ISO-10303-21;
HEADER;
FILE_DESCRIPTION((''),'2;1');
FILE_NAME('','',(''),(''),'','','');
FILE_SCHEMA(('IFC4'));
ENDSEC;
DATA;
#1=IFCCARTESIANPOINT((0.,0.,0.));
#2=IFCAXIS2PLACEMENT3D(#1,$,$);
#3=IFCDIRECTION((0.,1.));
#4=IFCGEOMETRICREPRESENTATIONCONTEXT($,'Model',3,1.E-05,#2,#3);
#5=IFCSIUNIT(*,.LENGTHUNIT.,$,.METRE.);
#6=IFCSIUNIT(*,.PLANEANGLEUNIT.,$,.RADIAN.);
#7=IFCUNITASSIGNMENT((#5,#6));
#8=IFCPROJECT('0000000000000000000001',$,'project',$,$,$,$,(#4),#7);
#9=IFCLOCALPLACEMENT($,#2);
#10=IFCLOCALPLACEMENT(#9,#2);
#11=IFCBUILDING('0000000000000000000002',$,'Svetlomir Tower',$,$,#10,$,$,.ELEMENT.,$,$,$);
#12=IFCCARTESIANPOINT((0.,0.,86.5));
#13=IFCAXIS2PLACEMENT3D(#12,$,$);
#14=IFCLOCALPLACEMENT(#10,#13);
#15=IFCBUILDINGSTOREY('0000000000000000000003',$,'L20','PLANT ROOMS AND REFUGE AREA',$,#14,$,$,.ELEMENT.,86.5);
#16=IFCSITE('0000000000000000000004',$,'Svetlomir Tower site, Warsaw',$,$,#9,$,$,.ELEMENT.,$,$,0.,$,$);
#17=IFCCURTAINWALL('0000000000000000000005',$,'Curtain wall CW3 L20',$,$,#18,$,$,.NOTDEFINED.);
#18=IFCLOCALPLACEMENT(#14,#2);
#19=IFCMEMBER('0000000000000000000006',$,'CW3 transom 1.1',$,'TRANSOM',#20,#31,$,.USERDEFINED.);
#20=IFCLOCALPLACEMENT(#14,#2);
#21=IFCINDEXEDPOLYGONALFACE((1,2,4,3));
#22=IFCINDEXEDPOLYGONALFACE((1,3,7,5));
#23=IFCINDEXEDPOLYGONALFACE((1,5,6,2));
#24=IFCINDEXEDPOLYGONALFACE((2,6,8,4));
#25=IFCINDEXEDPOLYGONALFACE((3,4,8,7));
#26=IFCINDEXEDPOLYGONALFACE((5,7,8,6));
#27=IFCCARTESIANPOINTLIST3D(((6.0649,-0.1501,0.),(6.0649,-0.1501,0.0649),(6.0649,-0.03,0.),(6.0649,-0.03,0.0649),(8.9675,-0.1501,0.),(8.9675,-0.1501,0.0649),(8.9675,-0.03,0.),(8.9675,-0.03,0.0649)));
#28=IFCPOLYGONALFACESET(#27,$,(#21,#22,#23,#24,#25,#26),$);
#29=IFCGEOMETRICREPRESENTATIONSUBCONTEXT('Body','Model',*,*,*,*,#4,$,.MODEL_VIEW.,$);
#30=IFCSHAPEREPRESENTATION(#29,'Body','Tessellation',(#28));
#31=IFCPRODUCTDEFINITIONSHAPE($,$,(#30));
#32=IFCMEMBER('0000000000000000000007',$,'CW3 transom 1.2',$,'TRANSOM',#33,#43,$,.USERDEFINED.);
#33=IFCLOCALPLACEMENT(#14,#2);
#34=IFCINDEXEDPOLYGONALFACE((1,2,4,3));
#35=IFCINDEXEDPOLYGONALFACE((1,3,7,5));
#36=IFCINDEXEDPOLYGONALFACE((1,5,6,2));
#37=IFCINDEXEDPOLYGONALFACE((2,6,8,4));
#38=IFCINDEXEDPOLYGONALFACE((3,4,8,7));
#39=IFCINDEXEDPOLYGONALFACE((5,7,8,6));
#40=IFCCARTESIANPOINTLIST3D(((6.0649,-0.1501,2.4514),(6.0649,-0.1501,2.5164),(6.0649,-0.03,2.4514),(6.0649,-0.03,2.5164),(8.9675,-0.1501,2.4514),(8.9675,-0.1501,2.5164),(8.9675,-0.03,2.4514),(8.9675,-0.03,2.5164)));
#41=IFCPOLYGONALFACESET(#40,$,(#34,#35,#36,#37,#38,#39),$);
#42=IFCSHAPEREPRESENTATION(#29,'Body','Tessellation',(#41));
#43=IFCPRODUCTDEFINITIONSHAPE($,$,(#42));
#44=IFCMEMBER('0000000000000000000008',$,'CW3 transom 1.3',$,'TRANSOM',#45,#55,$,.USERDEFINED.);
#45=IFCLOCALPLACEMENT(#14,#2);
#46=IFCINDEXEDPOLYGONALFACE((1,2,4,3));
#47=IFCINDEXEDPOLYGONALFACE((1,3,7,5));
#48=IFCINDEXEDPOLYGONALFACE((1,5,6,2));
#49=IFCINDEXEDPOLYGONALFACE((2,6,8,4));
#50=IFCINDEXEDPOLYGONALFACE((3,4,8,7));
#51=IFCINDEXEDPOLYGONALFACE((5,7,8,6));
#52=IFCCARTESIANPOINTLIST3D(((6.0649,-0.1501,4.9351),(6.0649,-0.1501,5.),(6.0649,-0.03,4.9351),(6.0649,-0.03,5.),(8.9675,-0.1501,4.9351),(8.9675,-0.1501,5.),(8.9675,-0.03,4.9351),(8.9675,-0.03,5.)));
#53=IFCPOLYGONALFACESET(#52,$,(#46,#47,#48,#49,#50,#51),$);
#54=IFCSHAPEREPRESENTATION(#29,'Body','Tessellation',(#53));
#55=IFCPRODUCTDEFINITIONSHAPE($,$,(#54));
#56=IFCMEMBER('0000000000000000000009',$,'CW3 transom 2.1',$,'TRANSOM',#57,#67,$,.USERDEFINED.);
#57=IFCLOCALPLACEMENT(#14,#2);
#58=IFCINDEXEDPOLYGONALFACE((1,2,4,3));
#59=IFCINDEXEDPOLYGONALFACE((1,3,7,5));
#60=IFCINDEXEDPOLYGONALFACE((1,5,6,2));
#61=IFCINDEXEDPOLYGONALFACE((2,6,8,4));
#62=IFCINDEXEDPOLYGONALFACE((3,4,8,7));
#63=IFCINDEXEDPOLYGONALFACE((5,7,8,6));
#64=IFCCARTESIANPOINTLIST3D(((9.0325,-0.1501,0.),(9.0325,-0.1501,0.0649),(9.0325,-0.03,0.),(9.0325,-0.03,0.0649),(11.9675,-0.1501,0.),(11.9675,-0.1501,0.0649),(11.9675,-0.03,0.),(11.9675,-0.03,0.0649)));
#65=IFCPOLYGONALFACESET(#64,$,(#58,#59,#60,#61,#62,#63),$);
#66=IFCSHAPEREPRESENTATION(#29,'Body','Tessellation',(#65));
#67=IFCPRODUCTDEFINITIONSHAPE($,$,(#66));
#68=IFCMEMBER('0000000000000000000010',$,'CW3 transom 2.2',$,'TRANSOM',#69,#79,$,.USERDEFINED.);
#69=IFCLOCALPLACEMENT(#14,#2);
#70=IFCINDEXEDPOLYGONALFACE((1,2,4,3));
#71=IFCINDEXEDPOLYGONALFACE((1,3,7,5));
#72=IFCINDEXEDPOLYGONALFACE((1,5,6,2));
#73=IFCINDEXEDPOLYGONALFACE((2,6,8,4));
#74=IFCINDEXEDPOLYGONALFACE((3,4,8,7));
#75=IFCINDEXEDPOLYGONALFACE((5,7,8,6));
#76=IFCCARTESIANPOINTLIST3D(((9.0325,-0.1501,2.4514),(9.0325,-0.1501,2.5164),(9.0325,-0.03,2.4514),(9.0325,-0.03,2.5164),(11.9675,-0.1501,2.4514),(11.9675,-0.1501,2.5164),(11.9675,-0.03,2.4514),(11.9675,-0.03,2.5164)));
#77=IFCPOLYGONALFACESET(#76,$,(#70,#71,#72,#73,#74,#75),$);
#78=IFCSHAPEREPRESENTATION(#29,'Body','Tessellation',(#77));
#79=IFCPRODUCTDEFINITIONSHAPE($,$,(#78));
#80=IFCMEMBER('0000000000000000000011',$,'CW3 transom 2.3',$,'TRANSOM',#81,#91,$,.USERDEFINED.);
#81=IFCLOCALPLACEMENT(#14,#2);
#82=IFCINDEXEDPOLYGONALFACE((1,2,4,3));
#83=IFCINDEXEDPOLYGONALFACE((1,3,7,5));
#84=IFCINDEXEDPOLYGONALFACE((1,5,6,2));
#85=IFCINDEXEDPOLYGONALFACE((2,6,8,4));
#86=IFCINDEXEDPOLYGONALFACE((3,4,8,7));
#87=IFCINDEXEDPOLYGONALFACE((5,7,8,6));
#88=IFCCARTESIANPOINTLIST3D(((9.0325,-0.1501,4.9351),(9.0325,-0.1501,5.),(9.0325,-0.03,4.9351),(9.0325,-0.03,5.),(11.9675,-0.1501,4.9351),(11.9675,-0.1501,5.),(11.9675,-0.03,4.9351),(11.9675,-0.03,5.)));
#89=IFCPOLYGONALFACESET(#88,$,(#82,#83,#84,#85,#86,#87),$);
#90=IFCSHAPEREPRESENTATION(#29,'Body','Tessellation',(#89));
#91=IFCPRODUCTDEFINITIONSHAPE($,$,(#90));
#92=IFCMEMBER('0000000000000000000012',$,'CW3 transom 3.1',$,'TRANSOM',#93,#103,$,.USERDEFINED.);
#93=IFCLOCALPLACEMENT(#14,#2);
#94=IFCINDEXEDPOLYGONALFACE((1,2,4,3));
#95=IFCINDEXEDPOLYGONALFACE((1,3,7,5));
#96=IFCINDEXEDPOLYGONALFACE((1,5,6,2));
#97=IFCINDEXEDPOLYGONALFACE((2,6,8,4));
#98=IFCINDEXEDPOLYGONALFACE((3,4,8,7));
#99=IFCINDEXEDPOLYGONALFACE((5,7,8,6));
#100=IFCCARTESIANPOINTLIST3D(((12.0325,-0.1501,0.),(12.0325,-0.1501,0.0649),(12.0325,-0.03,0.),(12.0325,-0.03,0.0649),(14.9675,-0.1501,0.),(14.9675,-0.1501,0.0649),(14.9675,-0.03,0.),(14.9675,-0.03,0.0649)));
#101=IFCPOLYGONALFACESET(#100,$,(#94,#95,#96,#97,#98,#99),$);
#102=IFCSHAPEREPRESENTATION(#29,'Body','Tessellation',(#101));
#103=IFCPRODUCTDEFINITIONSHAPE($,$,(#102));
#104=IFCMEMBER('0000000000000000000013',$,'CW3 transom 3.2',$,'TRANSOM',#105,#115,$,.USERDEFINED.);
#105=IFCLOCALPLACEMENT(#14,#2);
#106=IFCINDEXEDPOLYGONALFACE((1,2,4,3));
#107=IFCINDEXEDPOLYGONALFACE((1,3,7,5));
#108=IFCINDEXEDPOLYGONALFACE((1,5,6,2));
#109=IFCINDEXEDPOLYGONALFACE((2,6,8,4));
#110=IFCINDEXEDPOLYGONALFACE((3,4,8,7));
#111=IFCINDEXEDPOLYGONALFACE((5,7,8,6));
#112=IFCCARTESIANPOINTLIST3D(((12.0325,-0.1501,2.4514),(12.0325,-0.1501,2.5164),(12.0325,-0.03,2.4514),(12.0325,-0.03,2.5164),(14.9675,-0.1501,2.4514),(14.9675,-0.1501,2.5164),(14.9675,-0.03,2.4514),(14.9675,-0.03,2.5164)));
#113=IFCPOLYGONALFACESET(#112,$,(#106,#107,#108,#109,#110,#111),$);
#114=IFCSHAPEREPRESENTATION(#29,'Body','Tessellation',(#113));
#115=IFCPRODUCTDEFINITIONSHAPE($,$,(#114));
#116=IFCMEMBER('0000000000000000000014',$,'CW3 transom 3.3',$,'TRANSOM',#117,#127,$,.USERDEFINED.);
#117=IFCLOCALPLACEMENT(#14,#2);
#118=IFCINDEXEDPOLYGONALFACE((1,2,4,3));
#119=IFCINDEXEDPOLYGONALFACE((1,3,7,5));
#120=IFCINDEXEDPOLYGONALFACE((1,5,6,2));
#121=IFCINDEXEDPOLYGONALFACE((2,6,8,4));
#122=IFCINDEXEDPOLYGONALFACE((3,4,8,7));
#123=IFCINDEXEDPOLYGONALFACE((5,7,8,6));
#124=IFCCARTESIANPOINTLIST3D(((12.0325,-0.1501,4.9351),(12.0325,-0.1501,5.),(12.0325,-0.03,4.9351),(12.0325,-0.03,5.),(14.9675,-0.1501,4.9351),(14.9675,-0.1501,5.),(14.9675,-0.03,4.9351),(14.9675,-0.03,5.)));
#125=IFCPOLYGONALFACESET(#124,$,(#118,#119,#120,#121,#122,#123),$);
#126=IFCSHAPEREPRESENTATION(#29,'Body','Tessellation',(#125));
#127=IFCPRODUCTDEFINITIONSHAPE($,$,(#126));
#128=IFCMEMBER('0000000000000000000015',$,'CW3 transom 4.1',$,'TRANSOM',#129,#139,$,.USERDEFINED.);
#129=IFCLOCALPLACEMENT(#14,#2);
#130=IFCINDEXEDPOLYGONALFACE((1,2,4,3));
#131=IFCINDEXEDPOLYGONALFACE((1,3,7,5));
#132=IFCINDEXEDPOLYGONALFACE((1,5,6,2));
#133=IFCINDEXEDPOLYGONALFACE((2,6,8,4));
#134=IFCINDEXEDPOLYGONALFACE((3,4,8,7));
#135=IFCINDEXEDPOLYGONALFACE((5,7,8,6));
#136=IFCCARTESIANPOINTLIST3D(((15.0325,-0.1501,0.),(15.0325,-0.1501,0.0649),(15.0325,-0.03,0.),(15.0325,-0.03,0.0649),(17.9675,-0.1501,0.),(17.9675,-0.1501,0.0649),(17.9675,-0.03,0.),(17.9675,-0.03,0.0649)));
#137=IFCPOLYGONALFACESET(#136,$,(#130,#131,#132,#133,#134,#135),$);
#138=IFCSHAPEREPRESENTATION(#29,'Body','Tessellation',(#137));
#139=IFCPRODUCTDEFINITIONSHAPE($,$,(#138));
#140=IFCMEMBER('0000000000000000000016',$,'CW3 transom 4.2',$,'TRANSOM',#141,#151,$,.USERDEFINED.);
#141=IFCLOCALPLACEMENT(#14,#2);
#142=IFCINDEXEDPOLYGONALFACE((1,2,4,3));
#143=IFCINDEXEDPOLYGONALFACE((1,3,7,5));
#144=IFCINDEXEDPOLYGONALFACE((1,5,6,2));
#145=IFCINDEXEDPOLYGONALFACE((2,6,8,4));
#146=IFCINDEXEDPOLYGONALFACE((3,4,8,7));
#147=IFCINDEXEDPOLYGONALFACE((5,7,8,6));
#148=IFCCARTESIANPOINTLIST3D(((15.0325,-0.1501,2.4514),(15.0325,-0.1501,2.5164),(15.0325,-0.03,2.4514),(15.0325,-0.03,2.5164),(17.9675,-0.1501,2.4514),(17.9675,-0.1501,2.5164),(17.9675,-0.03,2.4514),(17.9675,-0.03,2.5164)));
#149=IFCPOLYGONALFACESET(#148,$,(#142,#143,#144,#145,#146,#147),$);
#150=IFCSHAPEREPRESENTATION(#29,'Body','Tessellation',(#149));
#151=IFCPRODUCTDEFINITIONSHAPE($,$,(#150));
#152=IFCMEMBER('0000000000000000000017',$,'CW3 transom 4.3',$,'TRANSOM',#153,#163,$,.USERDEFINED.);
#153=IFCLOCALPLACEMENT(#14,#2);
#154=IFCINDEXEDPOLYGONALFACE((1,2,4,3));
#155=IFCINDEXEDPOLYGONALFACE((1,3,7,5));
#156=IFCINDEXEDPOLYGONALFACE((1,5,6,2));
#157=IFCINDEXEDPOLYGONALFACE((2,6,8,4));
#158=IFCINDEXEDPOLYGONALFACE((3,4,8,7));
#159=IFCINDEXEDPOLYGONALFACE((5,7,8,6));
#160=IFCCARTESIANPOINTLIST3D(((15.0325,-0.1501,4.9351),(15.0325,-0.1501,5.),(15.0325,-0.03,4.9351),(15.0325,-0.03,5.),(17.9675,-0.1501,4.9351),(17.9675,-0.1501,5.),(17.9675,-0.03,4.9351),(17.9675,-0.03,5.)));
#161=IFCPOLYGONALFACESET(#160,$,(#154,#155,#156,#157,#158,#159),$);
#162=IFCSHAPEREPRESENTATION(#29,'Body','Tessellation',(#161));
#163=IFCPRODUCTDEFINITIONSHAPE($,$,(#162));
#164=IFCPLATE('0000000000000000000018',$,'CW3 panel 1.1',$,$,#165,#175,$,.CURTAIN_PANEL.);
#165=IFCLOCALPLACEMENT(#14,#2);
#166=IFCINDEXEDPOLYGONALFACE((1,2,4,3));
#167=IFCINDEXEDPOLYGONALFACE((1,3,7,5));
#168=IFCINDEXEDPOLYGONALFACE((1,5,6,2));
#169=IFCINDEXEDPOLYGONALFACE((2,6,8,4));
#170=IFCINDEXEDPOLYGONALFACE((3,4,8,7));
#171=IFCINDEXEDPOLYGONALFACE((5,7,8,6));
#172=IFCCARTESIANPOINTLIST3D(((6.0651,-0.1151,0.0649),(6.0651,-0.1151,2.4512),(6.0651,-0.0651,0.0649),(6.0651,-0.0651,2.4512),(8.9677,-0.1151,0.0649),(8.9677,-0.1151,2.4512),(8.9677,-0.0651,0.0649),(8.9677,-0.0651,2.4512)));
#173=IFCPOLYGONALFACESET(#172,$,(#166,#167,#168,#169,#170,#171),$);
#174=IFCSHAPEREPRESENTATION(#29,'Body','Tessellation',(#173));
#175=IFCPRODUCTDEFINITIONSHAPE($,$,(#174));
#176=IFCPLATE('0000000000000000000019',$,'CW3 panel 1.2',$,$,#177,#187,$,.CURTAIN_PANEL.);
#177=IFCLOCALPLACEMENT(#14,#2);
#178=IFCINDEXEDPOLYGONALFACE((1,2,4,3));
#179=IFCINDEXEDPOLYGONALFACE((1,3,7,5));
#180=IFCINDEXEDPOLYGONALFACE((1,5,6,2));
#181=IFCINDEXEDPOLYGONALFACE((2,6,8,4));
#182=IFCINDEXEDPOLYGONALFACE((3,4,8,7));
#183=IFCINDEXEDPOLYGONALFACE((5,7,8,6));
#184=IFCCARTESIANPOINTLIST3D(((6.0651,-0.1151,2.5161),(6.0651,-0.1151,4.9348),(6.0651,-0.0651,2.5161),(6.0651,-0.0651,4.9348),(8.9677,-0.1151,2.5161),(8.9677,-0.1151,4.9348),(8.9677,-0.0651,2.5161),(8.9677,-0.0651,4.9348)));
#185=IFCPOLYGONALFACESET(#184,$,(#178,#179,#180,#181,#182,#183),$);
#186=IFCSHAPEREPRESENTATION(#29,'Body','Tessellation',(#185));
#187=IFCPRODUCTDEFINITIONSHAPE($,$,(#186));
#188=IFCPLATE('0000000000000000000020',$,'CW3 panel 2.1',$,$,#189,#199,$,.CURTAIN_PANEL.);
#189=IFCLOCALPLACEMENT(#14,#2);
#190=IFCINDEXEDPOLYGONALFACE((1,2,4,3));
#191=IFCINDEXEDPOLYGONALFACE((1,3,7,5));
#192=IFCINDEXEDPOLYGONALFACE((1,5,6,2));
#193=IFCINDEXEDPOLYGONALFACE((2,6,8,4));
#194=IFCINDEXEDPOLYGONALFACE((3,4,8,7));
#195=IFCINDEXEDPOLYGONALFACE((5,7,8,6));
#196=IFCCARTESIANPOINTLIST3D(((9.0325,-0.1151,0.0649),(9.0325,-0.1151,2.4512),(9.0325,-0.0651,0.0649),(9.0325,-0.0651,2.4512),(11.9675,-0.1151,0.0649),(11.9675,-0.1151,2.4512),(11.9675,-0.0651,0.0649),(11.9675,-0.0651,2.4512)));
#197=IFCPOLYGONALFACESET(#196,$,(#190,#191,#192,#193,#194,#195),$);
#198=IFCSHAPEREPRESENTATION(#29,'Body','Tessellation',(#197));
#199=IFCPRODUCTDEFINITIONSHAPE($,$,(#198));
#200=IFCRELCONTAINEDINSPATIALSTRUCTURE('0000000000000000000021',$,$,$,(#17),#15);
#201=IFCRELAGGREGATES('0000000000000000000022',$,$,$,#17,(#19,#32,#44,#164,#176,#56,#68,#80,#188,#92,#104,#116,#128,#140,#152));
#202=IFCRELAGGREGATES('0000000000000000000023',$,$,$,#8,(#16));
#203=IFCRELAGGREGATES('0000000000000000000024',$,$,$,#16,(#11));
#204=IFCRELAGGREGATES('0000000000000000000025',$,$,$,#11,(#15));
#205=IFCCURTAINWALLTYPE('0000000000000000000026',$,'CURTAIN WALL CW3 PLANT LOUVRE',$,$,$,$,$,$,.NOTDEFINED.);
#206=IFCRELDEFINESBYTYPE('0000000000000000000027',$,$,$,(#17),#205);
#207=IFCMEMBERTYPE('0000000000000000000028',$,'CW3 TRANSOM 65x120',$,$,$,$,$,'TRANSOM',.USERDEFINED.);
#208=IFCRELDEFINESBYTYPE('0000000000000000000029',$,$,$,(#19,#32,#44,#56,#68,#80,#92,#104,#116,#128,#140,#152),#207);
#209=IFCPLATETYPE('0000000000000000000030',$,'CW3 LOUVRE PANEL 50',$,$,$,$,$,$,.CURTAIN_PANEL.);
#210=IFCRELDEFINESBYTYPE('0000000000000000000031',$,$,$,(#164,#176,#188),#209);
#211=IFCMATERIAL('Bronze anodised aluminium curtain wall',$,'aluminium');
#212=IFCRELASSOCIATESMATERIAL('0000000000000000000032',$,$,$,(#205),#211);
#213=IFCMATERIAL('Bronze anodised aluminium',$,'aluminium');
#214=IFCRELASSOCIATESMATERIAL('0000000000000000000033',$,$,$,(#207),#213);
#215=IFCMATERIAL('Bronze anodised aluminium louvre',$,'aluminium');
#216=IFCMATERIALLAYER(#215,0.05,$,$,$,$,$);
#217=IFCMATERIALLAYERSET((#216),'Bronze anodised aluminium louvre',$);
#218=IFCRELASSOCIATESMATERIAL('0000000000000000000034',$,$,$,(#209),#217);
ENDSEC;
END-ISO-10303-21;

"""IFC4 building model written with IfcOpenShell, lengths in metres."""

from ifc_helpers import new_model, si_unit, direction, frame, origin, origin_2d, place, context, subcontext, project, spatial, rectangle, extrude, material, layer, layer_set, material_profile, profile_set, type_object, element, aggregate, save


model = new_model("IFC4")

# Units and contexts
model_context = context("Model", 3, precision=1e-05, world=origin(), true_north=direction((0.0, 1.0)))
body_context = subcontext(model_context, "Body", "Model", "MODEL_VIEW")
ifc_project = project(units=[si_unit("LENGTHUNIT", "METRE"), si_unit("PLANEANGLEUNIT", "RADIAN")], contexts=[model_context])

# Site, building, storey
site_placement = place(None, origin())
site = spatial("IfcSite", under=ifc_project, at=site_placement, Name="Svetlomir Tower site, Warsaw", CompositionType="ELEMENT", RefElevation=0.0)
building_placement = place(site_placement, origin())
building = spatial("IfcBuilding", under=site, at=building_placement, Name="Svetlomir Tower", CompositionType="ELEMENT")
storey_placement = place(building_placement, frame((0.0, 0.0, 86.5)))
storey = spatial("IfcBuildingStorey", under=building, at=storey_placement, Name="L20", Description="PLANT ROOMS AND REFUGE AREA", CompositionType="ELEMENT", Elevation=86.5)

# Curtain wall
ifc_material_1 = material(Name="Bronze anodised aluminium curtain wall", Category="aluminium")
curtain_wall_type = type_object("IfcCurtainWallType", Name="CURTAIN WALL CW3 PLANT LOUVRE", PredefinedType="NOTDEFINED", material=ifc_material_1)
curtain_wall_1_placement = place(storey_placement, origin())
curtain_wall_1 = element("IfcCurtainWall", 1, at=curtain_wall_1_placement, inside=storey, type_object=curtain_wall_type, Name="Curtain wall CW3 L20", PredefinedType="NOTDEFINED")

# Members
ifc_material_2 = material(Name="Bronze anodised aluminium", Category="aluminium")
ifc_material_profile_1 = material_profile(ifc_material_2, rectangle(XDim=0.1201, YDim=0.0649, at=origin_2d()), Name="AL 120x65")
ifc_profile_set_1 = profile_set([ifc_material_profile_1], Name="Bronze anodised aluminium 6063-T6")
member_type_1 = type_object("IfcMemberType", Name="CW3 TRANSOM 65x120", ElementType="TRANSOM", PredefinedType="USERDEFINED", material=ifc_profile_set_1)
member_1_placement = place(storey_placement, frame((6.0649, -0.0901, 0.0325), z_axis=(1.0, 0.0, 0.0), x_axis=(0.0, 1.0, 0.0)))
member_1 = element("IfcMember", 2, at=member_1_placement, type_object=member_type_1, Name="CW3 transom 1.1", ObjectType="TRANSOM", PredefinedType="USERDEFINED", context=body_context, shape_type="SweptSolid", body=[
    extrude(rectangle(XDim=0.1201, YDim=0.0649, at=origin_2d()), origin(), (0.0, 0.0, 1.0), 2.9026),
])
member_2_placement = place(storey_placement, frame((6.0649, -0.0901, 2.4839), z_axis=(1.0, 0.0, 0.0), x_axis=(0.0, 1.0, 0.0)))
member_2 = element("IfcMember", 3, at=member_2_placement, type_object=member_type_1, Name="CW3 transom 1.2", ObjectType="TRANSOM", PredefinedType="USERDEFINED", context=body_context, shape_type="SweptSolid", body=[
    extrude(rectangle(XDim=0.1201, YDim=0.0649, at=origin_2d()), origin(), (0.0, 0.0, 1.0), 2.9026),
])
member_3_placement = place(storey_placement, frame((6.0649, -0.0901, 4.9675), z_axis=(1.0, 0.0, 0.0), x_axis=(0.0, 1.0, 0.0)))
member_3 = element("IfcMember", 4, at=member_3_placement, type_object=member_type_1, Name="CW3 transom 1.3", ObjectType="TRANSOM", PredefinedType="USERDEFINED", context=body_context, shape_type="SweptSolid", body=[
    extrude(rectangle(XDim=0.1201, YDim=0.0649, at=origin_2d()), origin(), (0.0, 0.0, 1.0), 2.9026),
])
member_4_placement = place(storey_placement, frame((9.0325, -0.0901, 0.0325), z_axis=(1.0, 0.0, 0.0), x_axis=(0.0, 1.0, 0.0)))
member_4 = element("IfcMember", 5, at=member_4_placement, type_object=member_type_1, Name="CW3 transom 2.1", ObjectType="TRANSOM", PredefinedType="USERDEFINED", context=body_context, shape_type="SweptSolid", body=[
    extrude(rectangle(XDim=0.1201, YDim=0.0649, at=origin_2d()), origin(), (0.0, 0.0, 1.0), 2.9351),
])
member_5_placement = place(storey_placement, frame((9.0325, -0.0901, 2.4839), z_axis=(1.0, 0.0, 0.0), x_axis=(0.0, 1.0, 0.0)))
member_5 = element("IfcMember", 6, at=member_5_placement, type_object=member_type_1, Name="CW3 transom 2.2", ObjectType="TRANSOM", PredefinedType="USERDEFINED", context=body_context, shape_type="SweptSolid", body=[
    extrude(rectangle(XDim=0.1201, YDim=0.0649, at=origin_2d()), origin(), (0.0, 0.0, 1.0), 2.9351),
])
member_6_placement = place(storey_placement, frame((9.0325, -0.0901, 4.9675), z_axis=(1.0, 0.0, 0.0), x_axis=(0.0, 1.0, 0.0)))
member_6 = element("IfcMember", 7, at=member_6_placement, type_object=member_type_1, Name="CW3 transom 2.3", ObjectType="TRANSOM", PredefinedType="USERDEFINED", context=body_context, shape_type="SweptSolid", body=[
    extrude(rectangle(XDim=0.1201, YDim=0.0649, at=origin_2d()), origin(), (0.0, 0.0, 1.0), 2.9351),
])
member_7_placement = place(storey_placement, frame((12.0325, -0.0901, 0.0325), z_axis=(1.0, 0.0, 0.0), x_axis=(0.0, 1.0, 0.0)))
member_7 = element("IfcMember", 8, at=member_7_placement, type_object=member_type_1, Name="CW3 transom 3.1", ObjectType="TRANSOM", PredefinedType="USERDEFINED", context=body_context, shape_type="SweptSolid", body=[
    extrude(rectangle(XDim=0.1201, YDim=0.0649, at=origin_2d()), origin(), (0.0, 0.0, 1.0), 2.9351),
])
member_8_placement = place(storey_placement, frame((12.0325, -0.0901, 2.4839), z_axis=(1.0, 0.0, 0.0), x_axis=(0.0, 1.0, 0.0)))
member_8 = element("IfcMember", 9, at=member_8_placement, type_object=member_type_1, Name="CW3 transom 3.2", ObjectType="TRANSOM", PredefinedType="USERDEFINED", context=body_context, shape_type="SweptSolid", body=[
    extrude(rectangle(XDim=0.1201, YDim=0.0649, at=origin_2d()), origin(), (0.0, 0.0, 1.0), 2.9351),
])
member_9_placement = place(storey_placement, frame((12.0325, -0.0901, 4.9675), z_axis=(1.0, 0.0, 0.0), x_axis=(0.0, 1.0, 0.0)))
member_9 = element("IfcMember", 10, at=member_9_placement, type_object=member_type_1, Name="CW3 transom 3.3", ObjectType="TRANSOM", PredefinedType="USERDEFINED", context=body_context, shape_type="SweptSolid", body=[
    extrude(rectangle(XDim=0.1201, YDim=0.0649, at=origin_2d()), origin(), (0.0, 0.0, 1.0), 2.9351),
])
member_10_placement = place(storey_placement, frame((15.0325, -0.0901, 0.0325), z_axis=(1.0, 0.0, 0.0), x_axis=(0.0, 1.0, 0.0)))
member_10 = element("IfcMember", 11, at=member_10_placement, type_object=member_type_1, Name="CW3 transom 4.1", ObjectType="TRANSOM", PredefinedType="USERDEFINED", context=body_context, shape_type="SweptSolid", body=[
    extrude(rectangle(XDim=0.1201, YDim=0.0649, at=origin_2d()), origin(), (0.0, 0.0, 1.0), 2.9351),
])
member_11_placement = place(storey_placement, frame((15.0325, -0.0901, 2.4839), z_axis=(1.0, 0.0, 0.0), x_axis=(0.0, 1.0, 0.0)))
member_11 = element("IfcMember", 12, at=member_11_placement, type_object=member_type_1, Name="CW3 transom 4.2", ObjectType="TRANSOM", PredefinedType="USERDEFINED", context=body_context, shape_type="SweptSolid", body=[
    extrude(rectangle(XDim=0.1201, YDim=0.0649, at=origin_2d()), origin(), (0.0, 0.0, 1.0), 2.9351),
])
member_12_placement = place(storey_placement, frame((15.0325, -0.0901, 4.9675), z_axis=(1.0, 0.0, 0.0), x_axis=(0.0, 1.0, 0.0)))
member_12 = element("IfcMember", 13, at=member_12_placement, type_object=member_type_1, Name="CW3 transom 4.3", ObjectType="TRANSOM", PredefinedType="USERDEFINED", context=body_context, shape_type="SweptSolid", body=[
    extrude(rectangle(XDim=0.1201, YDim=0.0649, at=origin_2d()), origin(), (0.0, 0.0, 1.0), 2.9351),
])

# Plates
ifc_material_3 = material(Name="Bronze anodised aluminium louvre", Category="aluminium")
ifc_layer_1 = layer(ifc_material_3, 0.05)
ifc_layer_set_1 = layer_set([ifc_layer_1], Name="Bronze anodised aluminium louvre")
plate_type = type_object("IfcPlateType", Name="CW3 LOUVRE PANEL 50", PredefinedType="CURTAIN_PANEL", material=ifc_layer_set_1)
plate_1_placement = place(storey_placement, frame((7.5164, -0.0901, 0.0649), z_axis=(0.0, 0.0, 1.0), x_axis=(1.0, 0.0, 0.0)))
plate_1 = element("IfcPlate", 14, at=plate_1_placement, type_object=plate_type, Name="CW3 panel 1.1", PredefinedType="CURTAIN_PANEL", context=body_context, shape_type="SweptSolid", body=[
    extrude(rectangle(XDim=2.9026, YDim=0.05, at=origin_2d()), origin(), (0.0, 0.0, 1.0), 2.3862),
])
plate_2_placement = place(storey_placement, frame((7.5164, -0.0901, 2.5161), z_axis=(0.0, 0.0, 1.0), x_axis=(1.0, 0.0, 0.0)))
plate_2 = element("IfcPlate", 15, at=plate_2_placement, type_object=plate_type, Name="CW3 panel 1.2", PredefinedType="CURTAIN_PANEL", context=body_context, shape_type="SweptSolid", body=[
    extrude(rectangle(XDim=2.9026, YDim=0.05, at=origin_2d()), origin(), (0.0, 0.0, 1.0), 2.4187),
])
plate_3_placement = place(storey_placement, frame((10.5, -0.0901, 0.0649), z_axis=(0.0, 0.0, 1.0), x_axis=(1.0, 0.0, 0.0)))
plate_3 = element("IfcPlate", 16, at=plate_3_placement, type_object=plate_type, Name="CW3 panel 2.1", PredefinedType="CURTAIN_PANEL", context=body_context, shape_type="SweptSolid", body=[
    extrude(rectangle(XDim=2.9351, YDim=0.05, at=origin_2d()), origin(), (0.0, 0.0, 1.0), 2.3862),
])
aggregate(curtain_wall_1, [member_1, member_2, member_3, plate_1, plate_2, member_4, member_5, member_6, plate_3, member_7, member_8, member_9, member_10, member_11, member_12])

save(model, "model.ifc")
